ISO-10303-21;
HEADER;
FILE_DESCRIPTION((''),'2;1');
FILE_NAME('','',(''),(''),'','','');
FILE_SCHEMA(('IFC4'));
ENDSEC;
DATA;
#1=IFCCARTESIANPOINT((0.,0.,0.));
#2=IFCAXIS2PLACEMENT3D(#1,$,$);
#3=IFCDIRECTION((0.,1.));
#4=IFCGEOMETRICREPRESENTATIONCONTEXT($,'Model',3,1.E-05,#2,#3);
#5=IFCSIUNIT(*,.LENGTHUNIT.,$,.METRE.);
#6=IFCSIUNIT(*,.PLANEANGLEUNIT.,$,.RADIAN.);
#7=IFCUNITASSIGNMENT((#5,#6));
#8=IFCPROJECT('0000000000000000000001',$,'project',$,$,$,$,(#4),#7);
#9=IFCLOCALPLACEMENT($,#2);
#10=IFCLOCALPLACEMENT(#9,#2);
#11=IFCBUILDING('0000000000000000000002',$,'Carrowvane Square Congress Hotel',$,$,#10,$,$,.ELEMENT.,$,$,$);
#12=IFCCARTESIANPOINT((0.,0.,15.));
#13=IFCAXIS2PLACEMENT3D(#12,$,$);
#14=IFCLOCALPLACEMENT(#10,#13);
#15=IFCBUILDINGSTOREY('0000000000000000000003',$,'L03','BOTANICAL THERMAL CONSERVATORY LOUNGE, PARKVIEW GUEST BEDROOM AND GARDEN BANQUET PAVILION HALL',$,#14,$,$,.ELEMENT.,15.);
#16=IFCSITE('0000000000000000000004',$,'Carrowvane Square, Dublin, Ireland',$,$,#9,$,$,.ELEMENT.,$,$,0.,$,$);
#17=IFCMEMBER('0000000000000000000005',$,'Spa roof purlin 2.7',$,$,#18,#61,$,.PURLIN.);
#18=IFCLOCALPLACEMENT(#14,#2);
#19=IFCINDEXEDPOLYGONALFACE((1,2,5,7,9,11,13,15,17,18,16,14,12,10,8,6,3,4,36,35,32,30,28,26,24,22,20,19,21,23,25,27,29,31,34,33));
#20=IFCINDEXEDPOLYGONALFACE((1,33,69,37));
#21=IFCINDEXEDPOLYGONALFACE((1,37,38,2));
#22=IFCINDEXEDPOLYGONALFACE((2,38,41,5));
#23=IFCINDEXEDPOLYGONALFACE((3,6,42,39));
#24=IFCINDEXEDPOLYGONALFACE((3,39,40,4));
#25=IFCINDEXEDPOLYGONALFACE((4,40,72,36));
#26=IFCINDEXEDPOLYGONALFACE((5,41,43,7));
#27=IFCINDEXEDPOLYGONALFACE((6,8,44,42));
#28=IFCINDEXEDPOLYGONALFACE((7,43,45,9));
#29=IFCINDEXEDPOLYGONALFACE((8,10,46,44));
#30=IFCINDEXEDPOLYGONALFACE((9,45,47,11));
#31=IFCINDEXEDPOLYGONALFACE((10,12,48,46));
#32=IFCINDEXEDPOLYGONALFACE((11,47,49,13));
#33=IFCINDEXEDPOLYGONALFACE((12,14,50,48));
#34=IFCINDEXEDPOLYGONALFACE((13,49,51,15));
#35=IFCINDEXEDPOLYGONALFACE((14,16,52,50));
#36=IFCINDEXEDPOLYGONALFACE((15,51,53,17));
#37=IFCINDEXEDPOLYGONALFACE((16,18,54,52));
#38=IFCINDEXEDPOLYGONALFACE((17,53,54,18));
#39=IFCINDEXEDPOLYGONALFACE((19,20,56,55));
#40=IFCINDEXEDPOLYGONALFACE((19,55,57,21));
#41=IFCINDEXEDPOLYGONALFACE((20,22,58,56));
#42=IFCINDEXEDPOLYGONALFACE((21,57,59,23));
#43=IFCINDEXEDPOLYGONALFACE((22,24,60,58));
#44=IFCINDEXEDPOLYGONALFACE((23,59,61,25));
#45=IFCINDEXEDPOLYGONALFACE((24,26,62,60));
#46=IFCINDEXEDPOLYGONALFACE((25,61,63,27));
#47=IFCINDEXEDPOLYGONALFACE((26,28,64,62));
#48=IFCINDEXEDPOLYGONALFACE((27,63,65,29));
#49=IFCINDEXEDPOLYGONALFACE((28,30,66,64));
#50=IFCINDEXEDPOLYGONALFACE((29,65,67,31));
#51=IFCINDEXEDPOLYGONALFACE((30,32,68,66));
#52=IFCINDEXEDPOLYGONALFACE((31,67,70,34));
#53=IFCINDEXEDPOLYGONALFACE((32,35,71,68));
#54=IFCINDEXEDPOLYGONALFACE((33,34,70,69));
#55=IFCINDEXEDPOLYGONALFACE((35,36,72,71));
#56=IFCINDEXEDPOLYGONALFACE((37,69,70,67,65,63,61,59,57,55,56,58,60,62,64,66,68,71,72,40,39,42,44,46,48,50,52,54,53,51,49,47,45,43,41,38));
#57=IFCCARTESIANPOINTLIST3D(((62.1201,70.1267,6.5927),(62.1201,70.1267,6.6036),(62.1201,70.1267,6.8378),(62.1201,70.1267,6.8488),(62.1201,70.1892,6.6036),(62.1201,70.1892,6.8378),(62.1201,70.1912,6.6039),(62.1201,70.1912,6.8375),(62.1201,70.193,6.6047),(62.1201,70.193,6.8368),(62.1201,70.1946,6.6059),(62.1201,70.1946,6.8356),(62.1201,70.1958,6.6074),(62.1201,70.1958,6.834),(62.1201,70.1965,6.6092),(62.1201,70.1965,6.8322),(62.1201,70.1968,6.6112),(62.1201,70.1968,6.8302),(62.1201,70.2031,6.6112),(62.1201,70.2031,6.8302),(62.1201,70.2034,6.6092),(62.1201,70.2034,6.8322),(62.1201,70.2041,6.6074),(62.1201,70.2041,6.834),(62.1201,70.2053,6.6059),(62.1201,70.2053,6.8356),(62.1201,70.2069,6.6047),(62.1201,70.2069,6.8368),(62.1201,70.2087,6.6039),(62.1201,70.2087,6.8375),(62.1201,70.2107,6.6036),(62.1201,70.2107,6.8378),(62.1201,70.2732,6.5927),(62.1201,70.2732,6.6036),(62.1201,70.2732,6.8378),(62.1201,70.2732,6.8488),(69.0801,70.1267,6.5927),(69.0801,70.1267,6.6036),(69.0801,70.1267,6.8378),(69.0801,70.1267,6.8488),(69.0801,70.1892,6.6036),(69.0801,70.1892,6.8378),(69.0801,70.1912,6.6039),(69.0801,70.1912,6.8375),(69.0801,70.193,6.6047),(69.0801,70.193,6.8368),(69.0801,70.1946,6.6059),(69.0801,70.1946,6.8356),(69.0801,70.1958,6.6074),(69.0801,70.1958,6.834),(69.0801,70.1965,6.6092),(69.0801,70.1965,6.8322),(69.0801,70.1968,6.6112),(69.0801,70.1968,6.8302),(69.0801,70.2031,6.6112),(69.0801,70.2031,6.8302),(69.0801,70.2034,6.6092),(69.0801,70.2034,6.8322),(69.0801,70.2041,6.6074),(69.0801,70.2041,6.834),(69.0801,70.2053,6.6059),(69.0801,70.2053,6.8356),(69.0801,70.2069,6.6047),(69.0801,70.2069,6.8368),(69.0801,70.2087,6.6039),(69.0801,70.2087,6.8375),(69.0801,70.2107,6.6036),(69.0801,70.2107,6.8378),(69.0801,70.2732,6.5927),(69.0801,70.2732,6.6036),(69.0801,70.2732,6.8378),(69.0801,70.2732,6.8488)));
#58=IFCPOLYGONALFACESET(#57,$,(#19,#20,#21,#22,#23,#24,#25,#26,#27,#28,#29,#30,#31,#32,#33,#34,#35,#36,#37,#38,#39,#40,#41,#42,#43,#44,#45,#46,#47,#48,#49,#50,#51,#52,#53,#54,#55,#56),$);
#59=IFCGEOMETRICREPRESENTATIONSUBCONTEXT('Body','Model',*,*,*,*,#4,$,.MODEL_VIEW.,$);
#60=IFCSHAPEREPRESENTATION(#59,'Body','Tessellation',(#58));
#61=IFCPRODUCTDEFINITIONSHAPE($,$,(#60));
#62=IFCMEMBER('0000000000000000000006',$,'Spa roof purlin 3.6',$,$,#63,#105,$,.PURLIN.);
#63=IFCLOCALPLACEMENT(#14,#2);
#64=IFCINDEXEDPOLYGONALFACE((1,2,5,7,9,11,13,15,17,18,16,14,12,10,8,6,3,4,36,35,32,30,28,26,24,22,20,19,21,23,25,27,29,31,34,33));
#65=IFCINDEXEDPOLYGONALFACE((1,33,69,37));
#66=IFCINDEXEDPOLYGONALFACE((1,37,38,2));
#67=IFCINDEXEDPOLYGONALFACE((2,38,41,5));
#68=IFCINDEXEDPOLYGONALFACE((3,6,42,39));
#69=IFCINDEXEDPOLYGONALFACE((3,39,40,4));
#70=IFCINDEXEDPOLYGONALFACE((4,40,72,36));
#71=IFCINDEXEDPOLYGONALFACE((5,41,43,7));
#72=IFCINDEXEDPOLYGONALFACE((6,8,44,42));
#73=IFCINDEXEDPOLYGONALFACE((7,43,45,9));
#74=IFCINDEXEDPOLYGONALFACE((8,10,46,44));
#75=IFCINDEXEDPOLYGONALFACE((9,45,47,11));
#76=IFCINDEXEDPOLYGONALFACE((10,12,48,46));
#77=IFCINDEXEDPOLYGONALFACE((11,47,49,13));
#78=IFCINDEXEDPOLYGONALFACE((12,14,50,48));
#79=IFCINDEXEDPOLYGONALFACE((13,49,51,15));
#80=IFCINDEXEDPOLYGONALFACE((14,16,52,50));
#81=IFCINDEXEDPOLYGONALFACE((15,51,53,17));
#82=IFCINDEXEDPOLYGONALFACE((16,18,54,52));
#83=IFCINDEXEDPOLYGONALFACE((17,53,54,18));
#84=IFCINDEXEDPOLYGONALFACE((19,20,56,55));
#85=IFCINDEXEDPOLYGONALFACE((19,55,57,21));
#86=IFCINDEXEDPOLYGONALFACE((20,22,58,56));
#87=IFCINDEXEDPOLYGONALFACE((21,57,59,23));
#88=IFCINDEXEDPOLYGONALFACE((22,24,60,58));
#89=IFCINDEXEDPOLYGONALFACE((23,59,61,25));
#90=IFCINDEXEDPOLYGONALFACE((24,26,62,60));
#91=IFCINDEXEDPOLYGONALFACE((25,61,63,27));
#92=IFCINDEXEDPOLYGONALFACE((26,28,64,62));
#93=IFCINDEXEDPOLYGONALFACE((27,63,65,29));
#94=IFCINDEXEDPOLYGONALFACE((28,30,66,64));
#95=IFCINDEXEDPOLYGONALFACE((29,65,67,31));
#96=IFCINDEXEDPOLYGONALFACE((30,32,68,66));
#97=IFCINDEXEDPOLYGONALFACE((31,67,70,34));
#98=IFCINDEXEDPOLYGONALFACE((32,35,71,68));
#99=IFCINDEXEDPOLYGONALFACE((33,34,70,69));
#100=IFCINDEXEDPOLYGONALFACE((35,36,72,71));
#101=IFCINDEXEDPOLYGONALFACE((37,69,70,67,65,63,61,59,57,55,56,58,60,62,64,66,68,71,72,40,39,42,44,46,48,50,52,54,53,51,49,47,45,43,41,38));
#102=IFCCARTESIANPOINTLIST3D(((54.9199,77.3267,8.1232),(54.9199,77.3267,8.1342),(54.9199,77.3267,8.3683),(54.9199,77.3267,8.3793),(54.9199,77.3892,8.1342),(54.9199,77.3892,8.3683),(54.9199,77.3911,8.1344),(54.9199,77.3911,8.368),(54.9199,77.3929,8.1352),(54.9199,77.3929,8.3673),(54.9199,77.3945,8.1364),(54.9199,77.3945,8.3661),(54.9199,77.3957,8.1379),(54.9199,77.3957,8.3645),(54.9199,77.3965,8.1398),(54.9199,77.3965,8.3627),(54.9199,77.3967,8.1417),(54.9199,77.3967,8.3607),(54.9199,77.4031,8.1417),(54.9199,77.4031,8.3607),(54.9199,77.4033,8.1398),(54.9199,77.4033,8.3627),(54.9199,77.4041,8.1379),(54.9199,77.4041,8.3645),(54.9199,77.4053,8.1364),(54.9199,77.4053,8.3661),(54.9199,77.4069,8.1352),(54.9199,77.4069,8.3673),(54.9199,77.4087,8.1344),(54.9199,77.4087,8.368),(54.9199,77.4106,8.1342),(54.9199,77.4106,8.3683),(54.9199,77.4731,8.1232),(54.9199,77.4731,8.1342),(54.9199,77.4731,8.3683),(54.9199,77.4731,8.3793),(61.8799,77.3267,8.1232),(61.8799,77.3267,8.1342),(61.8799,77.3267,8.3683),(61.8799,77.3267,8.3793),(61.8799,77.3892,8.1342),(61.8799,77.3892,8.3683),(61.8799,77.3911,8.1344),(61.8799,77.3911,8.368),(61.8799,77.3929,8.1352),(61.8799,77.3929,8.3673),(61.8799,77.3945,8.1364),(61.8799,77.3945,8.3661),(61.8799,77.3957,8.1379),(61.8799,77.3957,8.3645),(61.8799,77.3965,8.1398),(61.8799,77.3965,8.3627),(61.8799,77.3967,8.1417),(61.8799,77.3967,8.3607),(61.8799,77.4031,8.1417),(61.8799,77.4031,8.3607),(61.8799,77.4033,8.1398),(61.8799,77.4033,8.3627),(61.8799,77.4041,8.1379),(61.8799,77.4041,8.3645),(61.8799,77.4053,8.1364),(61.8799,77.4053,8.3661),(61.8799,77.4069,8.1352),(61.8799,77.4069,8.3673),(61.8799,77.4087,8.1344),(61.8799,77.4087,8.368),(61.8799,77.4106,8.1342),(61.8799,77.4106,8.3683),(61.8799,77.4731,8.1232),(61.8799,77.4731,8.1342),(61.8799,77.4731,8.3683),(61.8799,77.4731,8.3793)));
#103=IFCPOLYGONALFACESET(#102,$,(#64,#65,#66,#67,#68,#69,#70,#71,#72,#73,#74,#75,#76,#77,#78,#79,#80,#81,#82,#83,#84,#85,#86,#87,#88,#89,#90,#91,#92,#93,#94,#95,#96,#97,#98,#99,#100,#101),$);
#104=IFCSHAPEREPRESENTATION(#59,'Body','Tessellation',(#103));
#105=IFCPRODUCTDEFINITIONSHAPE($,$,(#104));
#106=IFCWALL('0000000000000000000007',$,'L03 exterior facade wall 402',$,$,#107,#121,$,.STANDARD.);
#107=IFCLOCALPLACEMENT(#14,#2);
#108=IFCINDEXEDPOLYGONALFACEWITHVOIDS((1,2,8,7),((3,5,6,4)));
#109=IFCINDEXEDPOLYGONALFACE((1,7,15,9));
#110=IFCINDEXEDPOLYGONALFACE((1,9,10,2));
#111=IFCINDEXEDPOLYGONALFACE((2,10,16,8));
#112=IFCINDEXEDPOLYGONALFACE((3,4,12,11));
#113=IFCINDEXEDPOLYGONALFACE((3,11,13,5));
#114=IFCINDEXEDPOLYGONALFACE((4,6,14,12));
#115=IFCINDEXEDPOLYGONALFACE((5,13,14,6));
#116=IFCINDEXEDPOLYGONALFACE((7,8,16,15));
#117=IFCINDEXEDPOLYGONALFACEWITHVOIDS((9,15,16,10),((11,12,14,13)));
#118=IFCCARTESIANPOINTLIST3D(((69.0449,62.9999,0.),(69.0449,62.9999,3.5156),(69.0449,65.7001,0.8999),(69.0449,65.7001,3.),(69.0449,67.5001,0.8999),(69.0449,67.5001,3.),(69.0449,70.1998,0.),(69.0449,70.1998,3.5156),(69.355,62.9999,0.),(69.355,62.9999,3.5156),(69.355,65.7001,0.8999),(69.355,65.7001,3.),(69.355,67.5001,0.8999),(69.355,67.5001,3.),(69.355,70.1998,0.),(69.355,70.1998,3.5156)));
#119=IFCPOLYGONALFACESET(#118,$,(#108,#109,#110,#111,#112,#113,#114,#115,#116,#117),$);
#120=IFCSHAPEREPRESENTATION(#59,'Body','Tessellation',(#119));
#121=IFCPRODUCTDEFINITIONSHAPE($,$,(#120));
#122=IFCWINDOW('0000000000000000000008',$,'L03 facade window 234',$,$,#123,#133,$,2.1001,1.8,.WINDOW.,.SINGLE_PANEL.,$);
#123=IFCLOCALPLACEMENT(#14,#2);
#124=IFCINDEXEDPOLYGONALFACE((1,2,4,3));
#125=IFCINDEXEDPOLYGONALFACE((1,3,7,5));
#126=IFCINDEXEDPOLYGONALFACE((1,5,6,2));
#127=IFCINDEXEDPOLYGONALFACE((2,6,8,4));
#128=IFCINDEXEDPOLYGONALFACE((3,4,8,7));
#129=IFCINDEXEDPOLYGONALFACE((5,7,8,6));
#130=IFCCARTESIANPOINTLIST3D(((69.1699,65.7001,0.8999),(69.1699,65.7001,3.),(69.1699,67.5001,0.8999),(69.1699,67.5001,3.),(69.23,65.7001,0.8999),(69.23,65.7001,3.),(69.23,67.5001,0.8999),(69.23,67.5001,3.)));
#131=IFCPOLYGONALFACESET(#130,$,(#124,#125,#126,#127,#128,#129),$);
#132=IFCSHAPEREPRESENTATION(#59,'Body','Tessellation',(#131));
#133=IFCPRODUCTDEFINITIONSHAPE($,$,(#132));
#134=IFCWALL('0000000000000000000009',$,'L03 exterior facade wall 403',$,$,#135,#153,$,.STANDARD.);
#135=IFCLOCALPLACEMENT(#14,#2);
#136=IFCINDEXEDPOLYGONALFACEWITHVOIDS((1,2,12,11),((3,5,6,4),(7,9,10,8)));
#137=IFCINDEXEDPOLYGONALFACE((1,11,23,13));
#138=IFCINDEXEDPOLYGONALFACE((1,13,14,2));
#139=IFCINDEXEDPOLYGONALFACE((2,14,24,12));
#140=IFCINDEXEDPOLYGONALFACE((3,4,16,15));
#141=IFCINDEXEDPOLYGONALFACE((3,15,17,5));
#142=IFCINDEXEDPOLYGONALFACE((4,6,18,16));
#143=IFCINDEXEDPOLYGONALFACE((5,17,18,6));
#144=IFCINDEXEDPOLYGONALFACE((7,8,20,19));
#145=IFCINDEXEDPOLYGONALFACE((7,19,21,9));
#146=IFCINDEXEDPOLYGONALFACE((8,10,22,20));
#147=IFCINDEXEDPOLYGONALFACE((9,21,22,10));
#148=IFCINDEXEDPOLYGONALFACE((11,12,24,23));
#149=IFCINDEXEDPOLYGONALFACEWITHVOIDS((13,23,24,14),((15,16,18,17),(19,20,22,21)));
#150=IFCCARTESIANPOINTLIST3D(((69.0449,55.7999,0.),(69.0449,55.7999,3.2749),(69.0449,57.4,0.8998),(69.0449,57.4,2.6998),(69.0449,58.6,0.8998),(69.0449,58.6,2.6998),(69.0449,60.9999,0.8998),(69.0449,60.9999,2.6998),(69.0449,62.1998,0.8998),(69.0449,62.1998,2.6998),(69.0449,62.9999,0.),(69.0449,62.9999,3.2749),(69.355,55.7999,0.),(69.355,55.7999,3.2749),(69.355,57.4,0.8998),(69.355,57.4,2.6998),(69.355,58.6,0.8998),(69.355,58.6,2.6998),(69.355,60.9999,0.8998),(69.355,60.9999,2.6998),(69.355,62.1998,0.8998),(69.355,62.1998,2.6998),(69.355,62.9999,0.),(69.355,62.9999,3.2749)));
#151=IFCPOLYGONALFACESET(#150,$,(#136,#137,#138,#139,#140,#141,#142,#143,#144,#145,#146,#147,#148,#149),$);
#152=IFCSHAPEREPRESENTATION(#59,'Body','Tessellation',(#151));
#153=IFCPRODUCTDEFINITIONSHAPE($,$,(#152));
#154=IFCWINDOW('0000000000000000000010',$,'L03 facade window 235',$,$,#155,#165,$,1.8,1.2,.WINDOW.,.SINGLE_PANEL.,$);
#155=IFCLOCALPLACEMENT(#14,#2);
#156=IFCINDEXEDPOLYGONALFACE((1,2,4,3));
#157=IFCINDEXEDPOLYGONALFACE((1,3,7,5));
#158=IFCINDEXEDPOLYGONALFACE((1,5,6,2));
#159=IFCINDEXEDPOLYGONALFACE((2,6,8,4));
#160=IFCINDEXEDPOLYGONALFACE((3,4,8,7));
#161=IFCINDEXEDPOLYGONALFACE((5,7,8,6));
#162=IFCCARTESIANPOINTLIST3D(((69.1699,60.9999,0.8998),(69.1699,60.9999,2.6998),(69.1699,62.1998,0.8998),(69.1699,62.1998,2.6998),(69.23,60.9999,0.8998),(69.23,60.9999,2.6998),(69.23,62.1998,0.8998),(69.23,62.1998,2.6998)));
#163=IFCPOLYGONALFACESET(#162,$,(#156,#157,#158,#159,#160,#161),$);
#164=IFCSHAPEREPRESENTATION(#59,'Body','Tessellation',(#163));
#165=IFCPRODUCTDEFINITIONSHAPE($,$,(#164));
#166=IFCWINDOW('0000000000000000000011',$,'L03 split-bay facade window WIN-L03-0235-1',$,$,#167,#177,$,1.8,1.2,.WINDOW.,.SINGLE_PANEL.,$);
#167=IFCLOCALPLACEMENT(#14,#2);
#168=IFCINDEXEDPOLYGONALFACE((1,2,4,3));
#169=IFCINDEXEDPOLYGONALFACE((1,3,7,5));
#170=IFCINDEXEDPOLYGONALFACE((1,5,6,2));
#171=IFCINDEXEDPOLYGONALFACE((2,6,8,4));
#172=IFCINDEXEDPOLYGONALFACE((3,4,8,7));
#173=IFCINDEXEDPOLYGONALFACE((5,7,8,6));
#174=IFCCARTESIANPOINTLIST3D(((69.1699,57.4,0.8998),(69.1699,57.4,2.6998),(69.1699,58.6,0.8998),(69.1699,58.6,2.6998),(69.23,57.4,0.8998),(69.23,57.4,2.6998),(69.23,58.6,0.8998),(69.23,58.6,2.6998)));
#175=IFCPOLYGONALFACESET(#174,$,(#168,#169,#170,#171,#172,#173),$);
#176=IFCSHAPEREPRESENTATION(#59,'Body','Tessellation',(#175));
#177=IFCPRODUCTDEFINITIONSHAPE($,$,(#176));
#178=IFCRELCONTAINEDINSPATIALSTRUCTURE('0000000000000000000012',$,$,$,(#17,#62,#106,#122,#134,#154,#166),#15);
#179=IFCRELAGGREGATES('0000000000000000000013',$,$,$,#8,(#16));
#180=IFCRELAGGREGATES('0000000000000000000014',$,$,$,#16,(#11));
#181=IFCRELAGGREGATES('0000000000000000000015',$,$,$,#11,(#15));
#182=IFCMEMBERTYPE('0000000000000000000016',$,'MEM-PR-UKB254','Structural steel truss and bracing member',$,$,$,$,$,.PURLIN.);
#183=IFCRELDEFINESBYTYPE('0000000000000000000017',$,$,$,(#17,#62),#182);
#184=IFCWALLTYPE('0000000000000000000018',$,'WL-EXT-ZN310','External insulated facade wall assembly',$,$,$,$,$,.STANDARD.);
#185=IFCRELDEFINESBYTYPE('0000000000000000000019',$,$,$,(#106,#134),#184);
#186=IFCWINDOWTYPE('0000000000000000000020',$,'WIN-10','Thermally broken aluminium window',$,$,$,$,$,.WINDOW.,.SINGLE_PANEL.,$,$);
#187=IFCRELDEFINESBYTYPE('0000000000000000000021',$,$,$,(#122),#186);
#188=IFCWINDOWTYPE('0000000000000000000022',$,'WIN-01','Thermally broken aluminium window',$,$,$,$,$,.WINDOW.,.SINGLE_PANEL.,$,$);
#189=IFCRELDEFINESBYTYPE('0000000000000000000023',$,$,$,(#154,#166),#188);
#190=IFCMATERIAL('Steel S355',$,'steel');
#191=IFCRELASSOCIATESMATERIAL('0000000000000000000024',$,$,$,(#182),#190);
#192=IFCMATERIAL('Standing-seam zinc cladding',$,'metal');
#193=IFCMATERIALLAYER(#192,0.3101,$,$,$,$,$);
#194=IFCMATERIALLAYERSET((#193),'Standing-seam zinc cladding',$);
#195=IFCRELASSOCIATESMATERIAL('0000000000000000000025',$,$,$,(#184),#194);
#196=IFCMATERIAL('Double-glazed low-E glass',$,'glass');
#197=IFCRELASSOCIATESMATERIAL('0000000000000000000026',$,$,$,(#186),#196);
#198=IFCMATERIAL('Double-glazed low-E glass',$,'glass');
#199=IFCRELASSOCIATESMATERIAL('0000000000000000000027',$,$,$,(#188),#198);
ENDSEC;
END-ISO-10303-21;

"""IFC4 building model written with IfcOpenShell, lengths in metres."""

from ifc_helpers import new_model, si_unit, direction, frame, frame_2d, origin, origin_2d, place, context, subcontext, project, spatial, rectangle, i_section, extrude, material, layer, layer_set, material_profile, profile_set, type_object, element, fill, save


model = new_model("IFC4")

# Units and contexts
model_context = context("Model", 3, precision=1e-05, world=origin(), true_north=direction((0.0, 1.0)))
body_context = subcontext(model_context, "Body", "Model", "MODEL_VIEW")
ifc_project = project(units=[si_unit("LENGTHUNIT", "METRE"), si_unit("PLANEANGLEUNIT", "RADIAN")], contexts=[model_context])

# Site, building, storey
site_placement = place(None, origin())
site = spatial("IfcSite", under=ifc_project, at=site_placement, Name="Carrowvane Square, Dublin, Ireland", CompositionType="ELEMENT", RefElevation=0.0)
building_placement = place(site_placement, origin())
building = spatial("IfcBuilding", under=site, at=building_placement, Name="Carrowvane Square Congress Hotel", CompositionType="ELEMENT")
storey_placement = place(building_placement, frame((0.0, 0.0, 15.0)))
storey = spatial("IfcBuildingStorey", under=building, at=storey_placement, Name="L03", Description="BOTANICAL THERMAL CONSERVATORY LOUNGE, PARKVIEW GUEST BEDROOM AND GARDEN BANQUET PAVILION HALL", CompositionType="ELEMENT", Elevation=15.0)

# Members
ifc_material_1 = material(Name="Steel S355", Category="steel")
ifc_material_profile_1 = material_profile(ifc_material_1, i_section(OverallWidth=0.1465, OverallDepth=0.2561, WebThickness=0.0063, FlangeThickness=0.011, FilletRadius=0.0076, at=origin_2d()), Name="UKB 254x146x37")
ifc_profile_set_1 = profile_set([ifc_material_profile_1], Name="Steel S355")
member_type = type_object("IfcMemberType", Name="MEM-PR-UKB254", Description="Structural steel truss and bracing member", PredefinedType="PURLIN", material=ifc_profile_set_1)
for number, where, z_axis, x_axis, name in (
    (1, (62.1201, 70.2, 6.7207), (1.0, 0.0, 0.0), (0.0, 1.0, 0.0), "Spa roof purlin 2.7"),
    (2, (54.9199, 77.3999, 8.2512), (1.0, 0.0, 0.0), (0.0, 1.0, 0.0), "Spa roof purlin 3.6"),
):
    element("IfcMember", number, at=place(storey_placement, frame(where, z_axis=z_axis, x_axis=x_axis)), inside=storey, type_object=member_type, Name=name, PredefinedType="PURLIN", context=body_context, shape_type="SweptSolid", body=[
        extrude(i_section(OverallWidth=0.1465, OverallDepth=0.2561, WebThickness=0.0063, FlangeThickness=0.011, FilletRadius=0.0076, at=origin_2d()), origin(), (0.0, 0.0, 1.0), 6.96),
    ])

# Wall, opening, window
ifc_material_2 = material(Name="Standing-seam zinc cladding", Category="metal")
ifc_layer = layer(ifc_material_2, 0.3101)
ifc_layer_set = layer_set([ifc_layer], Name="Standing-seam zinc cladding")
wall_type = type_object("IfcWallType", Name="WL-EXT-ZN310", Description="External insulated facade wall assembly", PredefinedType="STANDARD", material=ifc_layer_set)
wall_1_placement = place(storey_placement, frame((69.2, 70.2, 0.0), z_axis=(0.0, 0.0, 1.0), x_axis=(0.0, -1.0, 0.0)))
wall_1 = element("IfcWall", 3, at=wall_1_placement, inside=storey, type_object=wall_type, Name="L03 exterior facade wall 402", PredefinedType="STANDARD", context=body_context, shape_type="SweptSolid", body=[
    extrude(rectangle(XDim=7.2, YDim=0.3101, at=frame_2d((3.6001, 0.0))), origin(), (0.0, 0.0, 1.0), 3.5156),
])
opening_1_placement = place(wall_1_placement, frame((2.7, 0.0, 0.8999)))
opening_1 = element("IfcOpeningElement", 4, at=opening_1_placement, cuts=wall_1, PredefinedType="OPENING", context=body_context, shape_type="SweptSolid", body=[
    extrude(rectangle(XDim=1.8, YDim=2.1001, at=frame_2d((0.8999, 1.05))), frame((0.0, 0.165, 0.0), z_axis=(0.0, -1.0, 0.0), x_axis=(1.0, 0.0, 0.0)), (0.0, 0.0, 1.0), 0.3301),
])
ifc_material_3 = material(Name="Double-glazed low-E glass", Category="glass")
window_type_1 = type_object("IfcWindowType", Name="WIN-10", Description="Thermally broken aluminium window", PartitioningType="SINGLE_PANEL", PredefinedType="WINDOW", material=ifc_material_3)
window_1_placement = place(opening_1_placement, origin())
window_1 = element("IfcWindow", 5, at=window_1_placement, inside=storey, type_object=window_type_1, Name="L03 facade window 234", OverallHeight=2.1001, OverallWidth=1.8, PartitioningType="SINGLE_PANEL", PredefinedType="WINDOW", context=body_context, shape_type="SweptSolid", body=[
    extrude(rectangle(XDim=1.8, YDim=2.1001, at=frame_2d((0.8999, 1.05))), frame((0.0, 0.03, 0.0), z_axis=(0.0, -1.0, 0.0), x_axis=(1.0, 0.0, 0.0)), (0.0, 0.0, 1.0), 0.0601),
])
fill(opening_1, window_1)

# Wall, openings, windows
wall_2_placement = place(storey_placement, frame((69.2, 63.0, 0.0), z_axis=(0.0, 0.0, 1.0), x_axis=(0.0, -1.0, 0.0)))
wall_2 = element("IfcWall", 6, at=wall_2_placement, inside=storey, type_object=wall_type, Name="L03 exterior facade wall 403", PredefinedType="STANDARD", context=body_context, shape_type="SweptSolid", body=[
    extrude(rectangle(XDim=7.2, YDim=0.3101, at=frame_2d((3.6001, 0.0))), origin(), (0.0, 0.0, 1.0), 3.2749),
])
opening_2_placement = place(wall_2_placement, frame((0.8, 0.0, 0.8999)))
opening_2 = element("IfcOpeningElement", 7, at=opening_2_placement, cuts=wall_2, PredefinedType="OPENING", context=body_context, shape_type="SweptSolid", body=[
    extrude(rectangle(XDim=1.2, YDim=1.8, at=frame_2d((0.6001, 0.8999))), frame((0.0, 0.165, 0.0), z_axis=(0.0, -1.0, 0.0), x_axis=(1.0, 0.0, 0.0)), (0.0, 0.0, 1.0), 0.3301),
])
opening_3_placement = place(wall_2_placement, frame((4.3999, 0.0, 0.8999)))
opening_3 = element("IfcOpeningElement", 8, at=opening_3_placement, cuts=wall_2, PredefinedType="OPENING", context=body_context, shape_type="SweptSolid", body=[
    extrude(rectangle(XDim=1.2, YDim=1.8, at=frame_2d((0.6001, 0.8999))), frame((0.0, 0.165, 0.0), z_axis=(0.0, -1.0, 0.0), x_axis=(1.0, 0.0, 0.0)), (0.0, 0.0, 1.0), 0.3301),
])
ifc_material_4 = material(Name="Double-glazed low-E glass", Category="glass")
window_type_2 = type_object("IfcWindowType", Name="WIN-01", Description="Thermally broken aluminium window", PartitioningType="SINGLE_PANEL", PredefinedType="WINDOW", material=ifc_material_4)
window_2_placement = place(opening_2_placement, origin())
window_2 = element("IfcWindow", 9, at=window_2_placement, inside=storey, type_object=window_type_2, Name="L03 facade window 235", OverallHeight=1.8, OverallWidth=1.2, PartitioningType="SINGLE_PANEL", PredefinedType="WINDOW", context=body_context, shape_type="SweptSolid", body=[
    extrude(rectangle(XDim=1.2, YDim=1.8, at=frame_2d((0.6001, 0.8999))), frame((0.0, 0.03, 0.0), z_axis=(0.0, -1.0, 0.0), x_axis=(1.0, 0.0, 0.0)), (0.0, 0.0, 1.0), 0.0601),
])
fill(opening_2, window_2)
window_3_placement = place(opening_3_placement, origin())
window_3 = element("IfcWindow", 10, at=window_3_placement, inside=storey, type_object=window_type_2, Name="L03 split-bay facade window WIN-L03-0235-1", OverallHeight=1.8, OverallWidth=1.2, PartitioningType="SINGLE_PANEL", PredefinedType="WINDOW", context=body_context, shape_type="SweptSolid", body=[
    extrude(rectangle(XDim=1.2, YDim=1.8, at=frame_2d((0.6001, 0.8999))), frame((0.0, 0.03, 0.0), z_axis=(0.0, -1.0, 0.0), x_axis=(1.0, 0.0, 0.0)), (0.0, 0.0, 1.0), 0.0601),
])
fill(opening_3, window_3)

save(model, "model.ifc")
